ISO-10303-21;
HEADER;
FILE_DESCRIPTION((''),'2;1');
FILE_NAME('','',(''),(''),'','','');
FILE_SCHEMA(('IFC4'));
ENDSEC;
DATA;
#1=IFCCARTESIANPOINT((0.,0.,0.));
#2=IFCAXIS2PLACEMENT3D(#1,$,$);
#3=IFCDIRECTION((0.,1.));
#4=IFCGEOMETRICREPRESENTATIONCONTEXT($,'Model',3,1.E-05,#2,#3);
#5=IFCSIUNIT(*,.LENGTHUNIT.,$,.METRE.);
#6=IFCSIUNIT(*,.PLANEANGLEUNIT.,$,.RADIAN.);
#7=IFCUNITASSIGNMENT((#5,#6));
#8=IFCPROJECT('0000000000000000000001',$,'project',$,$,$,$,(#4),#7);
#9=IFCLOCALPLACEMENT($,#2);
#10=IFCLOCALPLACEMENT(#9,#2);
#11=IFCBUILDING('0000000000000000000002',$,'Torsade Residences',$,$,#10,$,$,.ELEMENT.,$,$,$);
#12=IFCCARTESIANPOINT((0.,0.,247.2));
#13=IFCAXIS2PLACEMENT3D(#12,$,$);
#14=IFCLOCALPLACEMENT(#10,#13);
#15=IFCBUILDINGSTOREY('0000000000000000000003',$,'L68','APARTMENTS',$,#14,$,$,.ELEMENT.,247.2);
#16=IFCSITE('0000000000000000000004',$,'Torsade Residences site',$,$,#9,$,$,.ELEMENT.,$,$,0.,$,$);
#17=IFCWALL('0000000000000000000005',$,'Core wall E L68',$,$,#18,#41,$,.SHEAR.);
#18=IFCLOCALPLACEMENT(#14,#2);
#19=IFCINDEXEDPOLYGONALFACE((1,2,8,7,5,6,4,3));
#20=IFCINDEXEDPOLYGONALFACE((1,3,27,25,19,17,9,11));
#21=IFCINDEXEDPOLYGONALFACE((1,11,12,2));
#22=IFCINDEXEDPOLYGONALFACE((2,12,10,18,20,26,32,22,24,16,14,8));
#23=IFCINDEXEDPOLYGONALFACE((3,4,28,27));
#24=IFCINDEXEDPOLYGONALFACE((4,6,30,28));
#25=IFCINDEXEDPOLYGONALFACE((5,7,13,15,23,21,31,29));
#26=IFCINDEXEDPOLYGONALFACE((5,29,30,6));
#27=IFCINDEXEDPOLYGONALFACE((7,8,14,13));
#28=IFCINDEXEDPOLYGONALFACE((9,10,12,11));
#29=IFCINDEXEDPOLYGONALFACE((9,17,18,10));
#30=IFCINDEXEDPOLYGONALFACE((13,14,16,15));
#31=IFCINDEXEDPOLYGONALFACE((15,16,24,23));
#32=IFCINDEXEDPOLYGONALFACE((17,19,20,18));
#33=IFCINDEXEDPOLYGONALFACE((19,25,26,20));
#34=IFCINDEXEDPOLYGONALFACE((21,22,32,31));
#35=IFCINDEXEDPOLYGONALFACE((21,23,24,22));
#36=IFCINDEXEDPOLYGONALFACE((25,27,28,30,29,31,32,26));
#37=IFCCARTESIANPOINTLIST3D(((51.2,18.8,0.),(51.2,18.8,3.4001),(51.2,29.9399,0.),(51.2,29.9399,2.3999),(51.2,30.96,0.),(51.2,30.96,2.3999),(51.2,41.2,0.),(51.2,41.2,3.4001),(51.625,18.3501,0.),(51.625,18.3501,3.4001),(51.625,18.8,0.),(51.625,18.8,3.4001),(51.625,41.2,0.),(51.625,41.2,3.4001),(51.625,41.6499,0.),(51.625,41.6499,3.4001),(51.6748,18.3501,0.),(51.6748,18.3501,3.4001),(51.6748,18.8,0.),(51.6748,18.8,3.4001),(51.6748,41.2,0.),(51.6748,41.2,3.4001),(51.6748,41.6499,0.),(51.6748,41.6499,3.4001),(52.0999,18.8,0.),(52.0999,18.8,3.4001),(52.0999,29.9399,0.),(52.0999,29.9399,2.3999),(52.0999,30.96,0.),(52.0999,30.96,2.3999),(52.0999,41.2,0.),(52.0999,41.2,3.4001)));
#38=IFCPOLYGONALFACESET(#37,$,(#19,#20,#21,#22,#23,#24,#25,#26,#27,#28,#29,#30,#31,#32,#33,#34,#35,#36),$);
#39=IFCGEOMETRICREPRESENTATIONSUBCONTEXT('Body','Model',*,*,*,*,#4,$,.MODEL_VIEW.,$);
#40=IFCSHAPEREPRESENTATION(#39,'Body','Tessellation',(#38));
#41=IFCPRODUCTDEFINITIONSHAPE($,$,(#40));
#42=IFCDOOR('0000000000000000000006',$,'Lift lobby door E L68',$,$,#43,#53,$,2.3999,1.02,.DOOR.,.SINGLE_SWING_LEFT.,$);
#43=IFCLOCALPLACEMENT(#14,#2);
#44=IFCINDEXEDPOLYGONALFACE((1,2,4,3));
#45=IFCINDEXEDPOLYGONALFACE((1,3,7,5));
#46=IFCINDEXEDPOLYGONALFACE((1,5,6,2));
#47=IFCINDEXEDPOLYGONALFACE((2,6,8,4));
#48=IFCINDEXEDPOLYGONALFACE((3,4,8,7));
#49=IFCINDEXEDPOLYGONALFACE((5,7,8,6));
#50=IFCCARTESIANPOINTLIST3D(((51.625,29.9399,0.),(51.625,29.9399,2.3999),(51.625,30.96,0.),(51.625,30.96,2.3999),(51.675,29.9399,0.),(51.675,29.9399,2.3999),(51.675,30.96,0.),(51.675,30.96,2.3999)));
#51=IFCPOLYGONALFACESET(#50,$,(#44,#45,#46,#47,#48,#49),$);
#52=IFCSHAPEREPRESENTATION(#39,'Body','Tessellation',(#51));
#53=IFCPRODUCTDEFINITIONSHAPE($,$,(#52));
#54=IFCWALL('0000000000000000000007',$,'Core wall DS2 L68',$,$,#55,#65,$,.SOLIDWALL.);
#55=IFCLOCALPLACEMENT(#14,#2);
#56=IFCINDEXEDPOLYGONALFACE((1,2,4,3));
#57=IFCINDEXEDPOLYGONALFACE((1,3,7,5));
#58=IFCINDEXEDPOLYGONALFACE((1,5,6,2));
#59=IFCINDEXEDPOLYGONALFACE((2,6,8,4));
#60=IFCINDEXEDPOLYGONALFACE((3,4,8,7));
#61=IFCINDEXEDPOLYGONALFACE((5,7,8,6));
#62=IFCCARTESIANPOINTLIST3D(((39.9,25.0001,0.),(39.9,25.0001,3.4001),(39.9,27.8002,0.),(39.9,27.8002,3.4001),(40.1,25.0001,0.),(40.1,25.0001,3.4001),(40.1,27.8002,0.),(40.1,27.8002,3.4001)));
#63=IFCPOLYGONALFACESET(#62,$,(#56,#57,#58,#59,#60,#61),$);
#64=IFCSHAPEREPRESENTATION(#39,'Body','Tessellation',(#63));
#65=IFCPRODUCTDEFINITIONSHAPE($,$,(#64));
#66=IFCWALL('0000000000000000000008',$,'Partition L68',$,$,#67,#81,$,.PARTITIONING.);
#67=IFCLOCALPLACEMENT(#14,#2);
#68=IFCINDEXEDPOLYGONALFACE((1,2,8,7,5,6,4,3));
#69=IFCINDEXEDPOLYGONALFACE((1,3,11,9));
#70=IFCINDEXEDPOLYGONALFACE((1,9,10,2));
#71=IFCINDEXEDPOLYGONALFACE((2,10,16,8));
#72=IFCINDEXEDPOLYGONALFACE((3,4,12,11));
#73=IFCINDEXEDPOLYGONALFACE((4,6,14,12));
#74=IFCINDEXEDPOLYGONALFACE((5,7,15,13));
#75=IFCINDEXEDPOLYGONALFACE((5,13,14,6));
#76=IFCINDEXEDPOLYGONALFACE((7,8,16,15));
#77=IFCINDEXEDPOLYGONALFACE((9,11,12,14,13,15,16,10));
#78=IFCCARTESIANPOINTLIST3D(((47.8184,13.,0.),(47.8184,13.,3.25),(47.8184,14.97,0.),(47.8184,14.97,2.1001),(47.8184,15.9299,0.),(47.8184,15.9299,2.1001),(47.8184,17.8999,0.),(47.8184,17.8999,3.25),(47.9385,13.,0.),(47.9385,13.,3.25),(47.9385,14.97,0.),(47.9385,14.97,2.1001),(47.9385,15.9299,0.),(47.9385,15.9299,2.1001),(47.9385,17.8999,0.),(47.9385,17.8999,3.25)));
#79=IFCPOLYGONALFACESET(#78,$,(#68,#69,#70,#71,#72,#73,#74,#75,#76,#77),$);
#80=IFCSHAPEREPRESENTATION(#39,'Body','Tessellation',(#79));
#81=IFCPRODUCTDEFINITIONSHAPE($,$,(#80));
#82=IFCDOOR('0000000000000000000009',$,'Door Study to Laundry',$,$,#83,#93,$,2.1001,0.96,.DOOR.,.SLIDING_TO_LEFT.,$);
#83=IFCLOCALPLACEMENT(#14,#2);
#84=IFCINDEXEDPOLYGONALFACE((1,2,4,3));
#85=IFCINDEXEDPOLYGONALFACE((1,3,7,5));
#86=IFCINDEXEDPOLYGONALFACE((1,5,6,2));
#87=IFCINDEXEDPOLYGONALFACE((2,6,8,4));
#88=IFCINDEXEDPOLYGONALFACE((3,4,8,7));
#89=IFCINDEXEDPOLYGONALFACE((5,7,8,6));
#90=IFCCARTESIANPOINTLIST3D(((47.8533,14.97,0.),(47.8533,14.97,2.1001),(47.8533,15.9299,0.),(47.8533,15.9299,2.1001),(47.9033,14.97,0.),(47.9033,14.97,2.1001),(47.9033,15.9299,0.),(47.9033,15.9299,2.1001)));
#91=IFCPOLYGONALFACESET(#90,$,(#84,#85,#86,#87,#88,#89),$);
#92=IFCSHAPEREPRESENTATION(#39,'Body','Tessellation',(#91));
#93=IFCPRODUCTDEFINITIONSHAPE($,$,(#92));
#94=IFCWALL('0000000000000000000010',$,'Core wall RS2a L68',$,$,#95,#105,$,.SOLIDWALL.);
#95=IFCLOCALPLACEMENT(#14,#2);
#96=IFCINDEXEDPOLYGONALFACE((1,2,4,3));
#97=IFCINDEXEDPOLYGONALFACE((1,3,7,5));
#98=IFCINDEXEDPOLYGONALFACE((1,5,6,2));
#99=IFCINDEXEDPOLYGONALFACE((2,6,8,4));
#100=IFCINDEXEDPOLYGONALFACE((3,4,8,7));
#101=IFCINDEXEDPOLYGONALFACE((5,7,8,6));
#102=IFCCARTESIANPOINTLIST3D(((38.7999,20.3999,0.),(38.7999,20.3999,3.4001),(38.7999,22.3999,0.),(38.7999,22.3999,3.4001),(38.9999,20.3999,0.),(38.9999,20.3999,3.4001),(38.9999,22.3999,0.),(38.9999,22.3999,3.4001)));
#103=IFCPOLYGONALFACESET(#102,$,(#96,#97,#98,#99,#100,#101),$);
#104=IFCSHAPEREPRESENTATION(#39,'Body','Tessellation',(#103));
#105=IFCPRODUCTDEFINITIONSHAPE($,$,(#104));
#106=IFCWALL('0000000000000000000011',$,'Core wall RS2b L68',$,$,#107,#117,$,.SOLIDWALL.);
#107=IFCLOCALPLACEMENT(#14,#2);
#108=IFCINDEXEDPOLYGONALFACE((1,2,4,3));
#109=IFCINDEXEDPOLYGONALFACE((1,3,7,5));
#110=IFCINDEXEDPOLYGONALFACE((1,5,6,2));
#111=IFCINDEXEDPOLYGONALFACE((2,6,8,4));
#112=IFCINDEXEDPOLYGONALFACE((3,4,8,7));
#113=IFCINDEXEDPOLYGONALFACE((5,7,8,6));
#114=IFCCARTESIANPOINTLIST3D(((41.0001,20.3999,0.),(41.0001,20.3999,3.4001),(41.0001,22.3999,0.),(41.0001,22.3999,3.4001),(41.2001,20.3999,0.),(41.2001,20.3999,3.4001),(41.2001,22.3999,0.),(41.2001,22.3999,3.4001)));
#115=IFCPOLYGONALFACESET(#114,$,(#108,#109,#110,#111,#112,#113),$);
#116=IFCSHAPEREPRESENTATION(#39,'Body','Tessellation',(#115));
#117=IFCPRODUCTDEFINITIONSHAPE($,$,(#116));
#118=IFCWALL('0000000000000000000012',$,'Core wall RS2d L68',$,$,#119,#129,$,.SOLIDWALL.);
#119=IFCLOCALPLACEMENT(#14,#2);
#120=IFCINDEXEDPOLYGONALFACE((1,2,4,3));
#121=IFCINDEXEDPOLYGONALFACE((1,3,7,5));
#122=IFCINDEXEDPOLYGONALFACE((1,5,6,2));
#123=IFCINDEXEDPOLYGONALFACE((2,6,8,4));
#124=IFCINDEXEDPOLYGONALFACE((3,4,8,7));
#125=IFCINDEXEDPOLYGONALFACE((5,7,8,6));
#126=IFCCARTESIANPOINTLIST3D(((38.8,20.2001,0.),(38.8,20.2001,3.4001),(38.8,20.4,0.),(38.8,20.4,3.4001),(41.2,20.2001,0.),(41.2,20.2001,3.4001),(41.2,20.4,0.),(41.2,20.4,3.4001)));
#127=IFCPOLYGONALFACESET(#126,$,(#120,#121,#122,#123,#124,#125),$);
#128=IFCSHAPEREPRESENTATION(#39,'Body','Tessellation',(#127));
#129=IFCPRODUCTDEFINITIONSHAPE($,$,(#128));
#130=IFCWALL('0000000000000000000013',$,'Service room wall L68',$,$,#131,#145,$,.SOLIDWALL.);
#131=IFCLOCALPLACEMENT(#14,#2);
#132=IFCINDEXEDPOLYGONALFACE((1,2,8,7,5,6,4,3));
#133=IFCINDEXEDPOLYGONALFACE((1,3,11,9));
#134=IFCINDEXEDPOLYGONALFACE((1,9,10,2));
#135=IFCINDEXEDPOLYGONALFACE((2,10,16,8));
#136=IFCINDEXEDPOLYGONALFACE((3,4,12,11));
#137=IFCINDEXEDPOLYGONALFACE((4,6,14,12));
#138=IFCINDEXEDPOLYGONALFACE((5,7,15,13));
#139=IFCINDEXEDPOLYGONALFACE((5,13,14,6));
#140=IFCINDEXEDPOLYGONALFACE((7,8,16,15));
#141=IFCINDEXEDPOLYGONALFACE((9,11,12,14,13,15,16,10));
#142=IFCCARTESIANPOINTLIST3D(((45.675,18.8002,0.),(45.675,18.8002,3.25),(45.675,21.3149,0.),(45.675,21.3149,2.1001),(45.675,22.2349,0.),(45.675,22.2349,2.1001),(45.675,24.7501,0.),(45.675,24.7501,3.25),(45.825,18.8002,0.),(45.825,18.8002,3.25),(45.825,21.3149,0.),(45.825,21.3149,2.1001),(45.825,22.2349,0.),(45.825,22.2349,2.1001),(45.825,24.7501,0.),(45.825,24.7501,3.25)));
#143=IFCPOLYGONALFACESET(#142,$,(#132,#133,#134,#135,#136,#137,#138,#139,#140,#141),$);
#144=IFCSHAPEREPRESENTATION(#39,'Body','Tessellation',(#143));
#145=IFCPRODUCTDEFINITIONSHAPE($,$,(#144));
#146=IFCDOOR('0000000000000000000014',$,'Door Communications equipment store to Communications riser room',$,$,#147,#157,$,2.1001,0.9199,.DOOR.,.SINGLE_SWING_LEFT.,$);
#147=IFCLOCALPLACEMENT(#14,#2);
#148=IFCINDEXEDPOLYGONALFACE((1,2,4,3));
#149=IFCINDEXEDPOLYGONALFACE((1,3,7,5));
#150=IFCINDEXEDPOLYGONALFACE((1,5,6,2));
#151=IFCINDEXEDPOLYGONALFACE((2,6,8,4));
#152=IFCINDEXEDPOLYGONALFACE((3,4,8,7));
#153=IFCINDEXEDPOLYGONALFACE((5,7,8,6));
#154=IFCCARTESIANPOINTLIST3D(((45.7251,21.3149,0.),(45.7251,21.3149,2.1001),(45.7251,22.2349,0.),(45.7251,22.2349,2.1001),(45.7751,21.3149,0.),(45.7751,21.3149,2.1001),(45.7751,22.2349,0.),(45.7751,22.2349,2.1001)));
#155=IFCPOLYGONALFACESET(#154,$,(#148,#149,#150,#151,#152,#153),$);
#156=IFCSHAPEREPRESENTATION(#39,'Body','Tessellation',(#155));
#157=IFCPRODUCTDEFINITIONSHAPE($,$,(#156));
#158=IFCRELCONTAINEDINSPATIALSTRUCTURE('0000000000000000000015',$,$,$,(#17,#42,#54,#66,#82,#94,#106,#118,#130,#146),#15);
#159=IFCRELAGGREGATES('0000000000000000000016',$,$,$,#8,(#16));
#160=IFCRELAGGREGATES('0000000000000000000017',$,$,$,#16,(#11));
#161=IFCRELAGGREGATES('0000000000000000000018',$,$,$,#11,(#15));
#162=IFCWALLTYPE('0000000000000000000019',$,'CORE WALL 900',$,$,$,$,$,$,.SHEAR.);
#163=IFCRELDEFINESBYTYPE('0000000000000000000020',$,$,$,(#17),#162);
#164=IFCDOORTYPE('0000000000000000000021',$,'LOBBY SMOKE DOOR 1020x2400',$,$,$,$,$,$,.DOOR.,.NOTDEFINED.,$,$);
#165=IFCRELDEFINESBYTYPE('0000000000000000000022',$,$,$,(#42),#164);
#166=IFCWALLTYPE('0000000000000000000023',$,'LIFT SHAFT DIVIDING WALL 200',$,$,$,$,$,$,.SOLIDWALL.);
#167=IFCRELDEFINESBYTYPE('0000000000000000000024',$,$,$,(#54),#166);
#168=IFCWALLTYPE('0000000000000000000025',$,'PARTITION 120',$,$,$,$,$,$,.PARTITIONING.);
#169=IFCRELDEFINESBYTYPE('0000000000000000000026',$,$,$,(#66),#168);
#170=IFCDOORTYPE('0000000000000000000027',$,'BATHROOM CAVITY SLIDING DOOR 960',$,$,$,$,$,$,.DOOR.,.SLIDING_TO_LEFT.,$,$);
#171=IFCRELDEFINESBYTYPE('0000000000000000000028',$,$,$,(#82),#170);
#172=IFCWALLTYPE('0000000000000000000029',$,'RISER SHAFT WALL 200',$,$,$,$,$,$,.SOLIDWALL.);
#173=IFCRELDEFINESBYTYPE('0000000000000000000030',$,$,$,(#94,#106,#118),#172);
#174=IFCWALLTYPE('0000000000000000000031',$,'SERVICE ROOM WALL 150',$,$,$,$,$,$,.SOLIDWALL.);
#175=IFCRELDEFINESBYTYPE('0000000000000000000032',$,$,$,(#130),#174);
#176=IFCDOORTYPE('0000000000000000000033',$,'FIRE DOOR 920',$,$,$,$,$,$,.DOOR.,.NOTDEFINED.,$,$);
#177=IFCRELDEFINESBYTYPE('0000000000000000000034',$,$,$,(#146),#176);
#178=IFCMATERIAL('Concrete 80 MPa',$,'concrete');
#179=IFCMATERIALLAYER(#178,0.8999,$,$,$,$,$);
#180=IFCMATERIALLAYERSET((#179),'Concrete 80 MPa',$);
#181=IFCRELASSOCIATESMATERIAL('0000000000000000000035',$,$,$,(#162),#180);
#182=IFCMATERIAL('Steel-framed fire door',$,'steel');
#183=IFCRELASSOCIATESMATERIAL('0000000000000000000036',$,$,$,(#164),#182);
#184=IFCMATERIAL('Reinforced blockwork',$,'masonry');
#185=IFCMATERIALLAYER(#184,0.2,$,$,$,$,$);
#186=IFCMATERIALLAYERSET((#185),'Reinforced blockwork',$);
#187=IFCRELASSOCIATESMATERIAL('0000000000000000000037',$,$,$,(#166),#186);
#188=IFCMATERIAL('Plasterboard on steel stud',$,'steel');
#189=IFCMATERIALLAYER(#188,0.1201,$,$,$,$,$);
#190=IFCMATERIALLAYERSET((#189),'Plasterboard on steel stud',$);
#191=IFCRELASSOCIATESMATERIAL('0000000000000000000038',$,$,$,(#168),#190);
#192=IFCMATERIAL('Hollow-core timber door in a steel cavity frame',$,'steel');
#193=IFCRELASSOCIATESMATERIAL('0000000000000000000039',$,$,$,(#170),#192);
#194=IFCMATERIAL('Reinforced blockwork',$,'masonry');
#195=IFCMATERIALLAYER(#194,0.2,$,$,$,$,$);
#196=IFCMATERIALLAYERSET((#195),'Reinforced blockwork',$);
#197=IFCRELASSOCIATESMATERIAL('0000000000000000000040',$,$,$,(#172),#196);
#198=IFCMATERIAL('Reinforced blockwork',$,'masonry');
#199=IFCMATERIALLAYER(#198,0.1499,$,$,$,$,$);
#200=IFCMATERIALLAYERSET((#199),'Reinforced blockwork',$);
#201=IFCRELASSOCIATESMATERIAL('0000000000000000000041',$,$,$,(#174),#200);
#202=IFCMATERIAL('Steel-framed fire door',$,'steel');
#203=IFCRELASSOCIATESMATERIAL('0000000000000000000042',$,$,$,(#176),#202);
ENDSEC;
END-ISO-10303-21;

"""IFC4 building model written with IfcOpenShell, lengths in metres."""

from ifc_helpers import new_model, si_unit, direction, frame, frame_2d, origin, place, context, subcontext, project, spatial, polyline, rectangle, outline, extrude, material, layer, layer_set, type_object, element, fill, save


model = new_model("IFC4")

# Units and contexts
model_context = context("Model", 3, precision=1e-05, world=origin(), true_north=direction((0.0, 1.0)))
body_context = subcontext(model_context, "Body", "Model", "MODEL_VIEW")
ifc_project = project(units=[si_unit("LENGTHUNIT", "METRE"), si_unit("PLANEANGLEUNIT", "RADIAN")], contexts=[model_context])

# Site, building, storey
site_placement = place(None, origin())
site = spatial("IfcSite", under=ifc_project, at=site_placement, Name="Torsade Residences site", CompositionType="ELEMENT", RefElevation=0.0)
building_placement = place(site_placement, origin())
building = spatial("IfcBuilding", under=site, at=building_placement, Name="Torsade Residences", CompositionType="ELEMENT")
storey_placement = place(building_placement, frame((0.0, 0.0, 247.2)))
storey = spatial("IfcBuildingStorey", under=building, at=storey_placement, Name="L68", Description="APARTMENTS", CompositionType="ELEMENT", Elevation=247.2)

# Shared definitions
ifc_material_1 = material(Name="Concrete 80 MPa", Category="concrete")
ifc_layer_1 = layer(ifc_material_1, 0.8999)
ifc_layer_set_1 = layer_set([ifc_layer_1], Name="Concrete 80 MPa")
wall_type_1 = type_object("IfcWallType", Name="CORE WALL 900", PredefinedType="SHEAR", material=ifc_layer_set_1)

# Wall, opening, door
wall_1_placement = place(storey_placement, frame((51.6499, 18.8, 0.0), z_axis=(0.0, 0.0, 1.0), x_axis=(0.0, 1.0, 0.0)))
wall_1 = element("IfcWall", 1, at=wall_1_placement, inside=storey, type_object=wall_type_1, Name="Core wall E L68", PredefinedType="SHEAR", context=body_context, shape_type="SweptSolid", body=[
    extrude(outline(polyline([(0.0, -0.45), (22.3999, -0.45), (22.3999, -0.0249), (22.8499, -0.0249), (22.8499, 0.0249), (22.3999, 0.0249), (22.3999, 0.45), (0.0, 0.45), (0.0, 0.0249), (-0.45, 0.0249), (-0.45, -0.0249), (0.0, -0.0249), (0.0, -0.45)])), origin(), (0.0, 0.0, 1.0), 3.4001),
])
opening_1_placement = place(wall_1_placement, frame((11.1399, 0.0, 0.0)))
opening_1 = element("IfcOpeningElement", 2, at=opening_1_placement, cuts=wall_1, PredefinedType="OPENING", context=body_context, shape_type="SweptSolid", body=[
    extrude(rectangle(XDim=1.02, YDim=2.3999, at=frame_2d((0.51, 1.2))), frame((0.0, 0.46, 0.0), z_axis=(0.0, -1.0, 0.0), x_axis=(1.0, 0.0, 0.0)), (0.0, 0.0, 1.0), 0.9199),
])
ifc_material_2 = material(Name="Steel-framed fire door", Category="steel")
door_type_1 = type_object("IfcDoorType", Name="LOBBY SMOKE DOOR 1020x2400", OperationType="NOTDEFINED", PredefinedType="DOOR", material=ifc_material_2)
door_1_placement = place(opening_1_placement, origin())
door_1 = element("IfcDoor", 3, at=door_1_placement, inside=storey, type_object=door_type_1, Name="Lift lobby door E L68", OperationType="SINGLE_SWING_LEFT", OverallHeight=2.3999, OverallWidth=1.02, PredefinedType="DOOR", context=body_context, shape_type="SweptSolid", body=[
    extrude(rectangle(XDim=1.02, YDim=2.3999, at=frame_2d((0.51, 1.2))), frame((0.0, 0.0249, 0.0), z_axis=(0.0, -1.0, 0.0), x_axis=(1.0, 0.0, 0.0)), (0.0, 0.0, 1.0), 0.05),
])
fill(opening_1, door_1)

# Wall
ifc_material_3 = material(Name="Reinforced blockwork", Category="masonry")
ifc_layer_2 = layer(ifc_material_3, 0.2)
ifc_layer_set_2 = layer_set([ifc_layer_2], Name="Reinforced blockwork")
wall_type_2 = type_object("IfcWallType", Name="LIFT SHAFT DIVIDING WALL 200", PredefinedType="SOLIDWALL", material=ifc_layer_set_2)
wall_2_placement = place(storey_placement, frame((40.0, 27.8, 0.0), z_axis=(0.0, 0.0, 1.0), x_axis=(0.0, -1.0, 0.0)))
element("IfcWall", 4, at=wall_2_placement, inside=storey, type_object=wall_type_2, Name="Core wall DS2 L68", PredefinedType="SOLIDWALL", context=body_context, shape_type="SweptSolid", body=[
    extrude(rectangle(XDim=2.8, YDim=0.2, at=frame_2d((1.3999, 0.0))), origin(), (0.0, 0.0, 1.0), 3.4001),
])

# Wall, opening, door
ifc_material_4 = material(Name="Plasterboard on steel stud", Category="steel")
ifc_layer_3 = layer(ifc_material_4, 0.1201)
ifc_layer_set_3 = layer_set([ifc_layer_3], Name="Plasterboard on steel stud")
wall_type_3 = type_object("IfcWallType", Name="PARTITION 120", PredefinedType="PARTITIONING", material=ifc_layer_set_3)
wall_3_placement = place(storey_placement, frame((47.8784, 17.8999, 0.0), z_axis=(0.0, 0.0, 1.0), x_axis=(0.0, -1.0, 0.0)))
wall_3 = element("IfcWall", 5, at=wall_3_placement, inside=storey, type_object=wall_type_3, Name="Partition L68", PredefinedType="PARTITIONING", context=body_context, shape_type="SweptSolid", body=[
    extrude(rectangle(XDim=4.8999, YDim=0.1201, at=frame_2d((2.45, 0.0))), origin(), (0.0, 0.0, 1.0), 3.25),
])
opening_2_placement = place(wall_3_placement, frame((1.97, 0.0, 0.0)))
opening_2 = element("IfcOpeningElement", 6, at=opening_2_placement, cuts=wall_3, PredefinedType="OPENING", context=body_context, shape_type="SweptSolid", body=[
    extrude(rectangle(XDim=0.96, YDim=2.1001, at=frame_2d((0.48, 1.05))), frame((0.0, 0.0701, 0.0), z_axis=(0.0, -1.0, 0.0), x_axis=(1.0, 0.0, 0.0)), (0.0, 0.0, 1.0), 0.1401),
])
ifc_material_5 = material(Name="Hollow-core timber door in a steel cavity frame", Category="steel")
door_type_2 = type_object("IfcDoorType", Name="BATHROOM CAVITY SLIDING DOOR 960", OperationType="SLIDING_TO_LEFT", PredefinedType="DOOR", material=ifc_material_5)
door_2_placement = place(opening_2_placement, origin())
door_2 = element("IfcDoor", 7, at=door_2_placement, inside=storey, type_object=door_type_2, Name="Door Study to Laundry", OperationType="SLIDING_TO_LEFT", OverallHeight=2.1001, OverallWidth=0.96, PredefinedType="DOOR", context=body_context, shape_type="SweptSolid", body=[
    extrude(rectangle(XDim=0.96, YDim=2.1001, at=frame_2d((0.48, 1.05))), frame((0.0, 0.0249, 0.0), z_axis=(0.0, -1.0, 0.0), x_axis=(1.0, 0.0, 0.0)), (0.0, 0.0, 1.0), 0.05),
])
fill(opening_2, door_2)

# Walls
ifc_material_6 = material(Name="Reinforced blockwork", Category="masonry")
ifc_layer_4 = layer(ifc_material_6, 0.2)
ifc_layer_set_4 = layer_set([ifc_layer_4], Name="Reinforced blockwork")
wall_type_4 = type_object("IfcWallType", Name="RISER SHAFT WALL 200", PredefinedType="SOLIDWALL", material=ifc_layer_set_4)
for number, where, z_axis, x_axis, name in (
    (8, (38.8999, 22.3999, 0.0), (0.0, 0.0, 1.0), (0.0, -1.0, 0.0), "Core wall RS2a L68"),
    (9, (41.1001, 22.3999, 0.0), (0.0, 0.0, 1.0), (0.0, -1.0, 0.0), "Core wall RS2b L68"),
):
    element("IfcWall", number, at=place(storey_placement, frame(where, z_axis=z_axis, x_axis=x_axis)), inside=storey, type_object=wall_type_4, Name=name, PredefinedType="SOLIDWALL", context=body_context, shape_type="SweptSolid", body=[
        extrude(rectangle(XDim=2.0, YDim=0.2, at=frame_2d((1.0, 0.0))), origin(), (0.0, 0.0, 1.0), 3.4001),
    ])
wall_4_placement = place(storey_placement, frame((38.8, 20.3, 0.0), z_axis=(0.0, 0.0, 1.0), x_axis=(1.0, 0.0, 0.0)))
element("IfcWall", 10, at=wall_4_placement, inside=storey, type_object=wall_type_4, Name="Core wall RS2d L68", PredefinedType="SOLIDWALL", context=body_context, shape_type="SweptSolid", body=[
    extrude(rectangle(XDim=2.3999, YDim=0.2, at=frame_2d((1.2, 0.0))), origin(), (0.0, 0.0, 1.0), 3.4001),
])

# Wall, opening, door
ifc_material_7 = material(Name="Reinforced blockwork", Category="masonry")
ifc_layer_5 = layer(ifc_material_7, 0.1499)
ifc_layer_set_5 = layer_set([ifc_layer_5], Name="Reinforced blockwork")
wall_type_5 = type_object("IfcWallType", Name="SERVICE ROOM WALL 150", PredefinedType="SOLIDWALL", material=ifc_layer_set_5)
wall_5_placement = place(storey_placement, frame((45.75, 18.8, 0.0), z_axis=(0.0, 0.0, 1.0), x_axis=(0.0, 1.0, 0.0)))
wall_5 = element("IfcWall", 11, at=wall_5_placement, inside=storey, type_object=wall_type_5, Name="Service room wall L68", PredefinedType="SOLIDWALL", context=body_context, shape_type="SweptSolid", body=[
    extrude(rectangle(XDim=5.95, YDim=0.1499, at=frame_2d((2.9751, 0.0))), origin(), (0.0, 0.0, 1.0), 3.25),
])
opening_3_placement = place(wall_5_placement, frame((2.5149, 0.0, 0.0)))
opening_3 = element("IfcOpeningElement", 12, at=opening_3_placement, cuts=wall_5, PredefinedType="OPENING", context=body_context, shape_type="SweptSolid", body=[
    extrude(rectangle(XDim=0.9199, YDim=2.1001, at=frame_2d((0.46, 1.05))), frame((0.0, 0.085, 0.0), z_axis=(0.0, -1.0, 0.0), x_axis=(1.0, 0.0, 0.0)), (0.0, 0.0, 1.0), 0.1699),
])
ifc_material_8 = material(Name="Steel-framed fire door", Category="steel")
door_type_3 = type_object("IfcDoorType", Name="FIRE DOOR 920", OperationType="NOTDEFINED", PredefinedType="DOOR", material=ifc_material_8)
door_3_placement = place(opening_3_placement, origin())
door_3 = element("IfcDoor", 13, at=door_3_placement, inside=storey, type_object=door_type_3, Name="Door Communications equipment store to Communications riser room", OperationType="SINGLE_SWING_LEFT", OverallHeight=2.1001, OverallWidth=0.9199, PredefinedType="DOOR", context=body_context, shape_type="SweptSolid", body=[
    extrude(rectangle(XDim=0.9199, YDim=2.1001, at=frame_2d((0.46, 1.05))), frame((0.0, 0.0249, 0.0), z_axis=(0.0, -1.0, 0.0), x_axis=(1.0, 0.0, 0.0)), (0.0, 0.0, 1.0), 0.05),
])
fill(opening_3, door_3)

save(model, "model.ifc")
